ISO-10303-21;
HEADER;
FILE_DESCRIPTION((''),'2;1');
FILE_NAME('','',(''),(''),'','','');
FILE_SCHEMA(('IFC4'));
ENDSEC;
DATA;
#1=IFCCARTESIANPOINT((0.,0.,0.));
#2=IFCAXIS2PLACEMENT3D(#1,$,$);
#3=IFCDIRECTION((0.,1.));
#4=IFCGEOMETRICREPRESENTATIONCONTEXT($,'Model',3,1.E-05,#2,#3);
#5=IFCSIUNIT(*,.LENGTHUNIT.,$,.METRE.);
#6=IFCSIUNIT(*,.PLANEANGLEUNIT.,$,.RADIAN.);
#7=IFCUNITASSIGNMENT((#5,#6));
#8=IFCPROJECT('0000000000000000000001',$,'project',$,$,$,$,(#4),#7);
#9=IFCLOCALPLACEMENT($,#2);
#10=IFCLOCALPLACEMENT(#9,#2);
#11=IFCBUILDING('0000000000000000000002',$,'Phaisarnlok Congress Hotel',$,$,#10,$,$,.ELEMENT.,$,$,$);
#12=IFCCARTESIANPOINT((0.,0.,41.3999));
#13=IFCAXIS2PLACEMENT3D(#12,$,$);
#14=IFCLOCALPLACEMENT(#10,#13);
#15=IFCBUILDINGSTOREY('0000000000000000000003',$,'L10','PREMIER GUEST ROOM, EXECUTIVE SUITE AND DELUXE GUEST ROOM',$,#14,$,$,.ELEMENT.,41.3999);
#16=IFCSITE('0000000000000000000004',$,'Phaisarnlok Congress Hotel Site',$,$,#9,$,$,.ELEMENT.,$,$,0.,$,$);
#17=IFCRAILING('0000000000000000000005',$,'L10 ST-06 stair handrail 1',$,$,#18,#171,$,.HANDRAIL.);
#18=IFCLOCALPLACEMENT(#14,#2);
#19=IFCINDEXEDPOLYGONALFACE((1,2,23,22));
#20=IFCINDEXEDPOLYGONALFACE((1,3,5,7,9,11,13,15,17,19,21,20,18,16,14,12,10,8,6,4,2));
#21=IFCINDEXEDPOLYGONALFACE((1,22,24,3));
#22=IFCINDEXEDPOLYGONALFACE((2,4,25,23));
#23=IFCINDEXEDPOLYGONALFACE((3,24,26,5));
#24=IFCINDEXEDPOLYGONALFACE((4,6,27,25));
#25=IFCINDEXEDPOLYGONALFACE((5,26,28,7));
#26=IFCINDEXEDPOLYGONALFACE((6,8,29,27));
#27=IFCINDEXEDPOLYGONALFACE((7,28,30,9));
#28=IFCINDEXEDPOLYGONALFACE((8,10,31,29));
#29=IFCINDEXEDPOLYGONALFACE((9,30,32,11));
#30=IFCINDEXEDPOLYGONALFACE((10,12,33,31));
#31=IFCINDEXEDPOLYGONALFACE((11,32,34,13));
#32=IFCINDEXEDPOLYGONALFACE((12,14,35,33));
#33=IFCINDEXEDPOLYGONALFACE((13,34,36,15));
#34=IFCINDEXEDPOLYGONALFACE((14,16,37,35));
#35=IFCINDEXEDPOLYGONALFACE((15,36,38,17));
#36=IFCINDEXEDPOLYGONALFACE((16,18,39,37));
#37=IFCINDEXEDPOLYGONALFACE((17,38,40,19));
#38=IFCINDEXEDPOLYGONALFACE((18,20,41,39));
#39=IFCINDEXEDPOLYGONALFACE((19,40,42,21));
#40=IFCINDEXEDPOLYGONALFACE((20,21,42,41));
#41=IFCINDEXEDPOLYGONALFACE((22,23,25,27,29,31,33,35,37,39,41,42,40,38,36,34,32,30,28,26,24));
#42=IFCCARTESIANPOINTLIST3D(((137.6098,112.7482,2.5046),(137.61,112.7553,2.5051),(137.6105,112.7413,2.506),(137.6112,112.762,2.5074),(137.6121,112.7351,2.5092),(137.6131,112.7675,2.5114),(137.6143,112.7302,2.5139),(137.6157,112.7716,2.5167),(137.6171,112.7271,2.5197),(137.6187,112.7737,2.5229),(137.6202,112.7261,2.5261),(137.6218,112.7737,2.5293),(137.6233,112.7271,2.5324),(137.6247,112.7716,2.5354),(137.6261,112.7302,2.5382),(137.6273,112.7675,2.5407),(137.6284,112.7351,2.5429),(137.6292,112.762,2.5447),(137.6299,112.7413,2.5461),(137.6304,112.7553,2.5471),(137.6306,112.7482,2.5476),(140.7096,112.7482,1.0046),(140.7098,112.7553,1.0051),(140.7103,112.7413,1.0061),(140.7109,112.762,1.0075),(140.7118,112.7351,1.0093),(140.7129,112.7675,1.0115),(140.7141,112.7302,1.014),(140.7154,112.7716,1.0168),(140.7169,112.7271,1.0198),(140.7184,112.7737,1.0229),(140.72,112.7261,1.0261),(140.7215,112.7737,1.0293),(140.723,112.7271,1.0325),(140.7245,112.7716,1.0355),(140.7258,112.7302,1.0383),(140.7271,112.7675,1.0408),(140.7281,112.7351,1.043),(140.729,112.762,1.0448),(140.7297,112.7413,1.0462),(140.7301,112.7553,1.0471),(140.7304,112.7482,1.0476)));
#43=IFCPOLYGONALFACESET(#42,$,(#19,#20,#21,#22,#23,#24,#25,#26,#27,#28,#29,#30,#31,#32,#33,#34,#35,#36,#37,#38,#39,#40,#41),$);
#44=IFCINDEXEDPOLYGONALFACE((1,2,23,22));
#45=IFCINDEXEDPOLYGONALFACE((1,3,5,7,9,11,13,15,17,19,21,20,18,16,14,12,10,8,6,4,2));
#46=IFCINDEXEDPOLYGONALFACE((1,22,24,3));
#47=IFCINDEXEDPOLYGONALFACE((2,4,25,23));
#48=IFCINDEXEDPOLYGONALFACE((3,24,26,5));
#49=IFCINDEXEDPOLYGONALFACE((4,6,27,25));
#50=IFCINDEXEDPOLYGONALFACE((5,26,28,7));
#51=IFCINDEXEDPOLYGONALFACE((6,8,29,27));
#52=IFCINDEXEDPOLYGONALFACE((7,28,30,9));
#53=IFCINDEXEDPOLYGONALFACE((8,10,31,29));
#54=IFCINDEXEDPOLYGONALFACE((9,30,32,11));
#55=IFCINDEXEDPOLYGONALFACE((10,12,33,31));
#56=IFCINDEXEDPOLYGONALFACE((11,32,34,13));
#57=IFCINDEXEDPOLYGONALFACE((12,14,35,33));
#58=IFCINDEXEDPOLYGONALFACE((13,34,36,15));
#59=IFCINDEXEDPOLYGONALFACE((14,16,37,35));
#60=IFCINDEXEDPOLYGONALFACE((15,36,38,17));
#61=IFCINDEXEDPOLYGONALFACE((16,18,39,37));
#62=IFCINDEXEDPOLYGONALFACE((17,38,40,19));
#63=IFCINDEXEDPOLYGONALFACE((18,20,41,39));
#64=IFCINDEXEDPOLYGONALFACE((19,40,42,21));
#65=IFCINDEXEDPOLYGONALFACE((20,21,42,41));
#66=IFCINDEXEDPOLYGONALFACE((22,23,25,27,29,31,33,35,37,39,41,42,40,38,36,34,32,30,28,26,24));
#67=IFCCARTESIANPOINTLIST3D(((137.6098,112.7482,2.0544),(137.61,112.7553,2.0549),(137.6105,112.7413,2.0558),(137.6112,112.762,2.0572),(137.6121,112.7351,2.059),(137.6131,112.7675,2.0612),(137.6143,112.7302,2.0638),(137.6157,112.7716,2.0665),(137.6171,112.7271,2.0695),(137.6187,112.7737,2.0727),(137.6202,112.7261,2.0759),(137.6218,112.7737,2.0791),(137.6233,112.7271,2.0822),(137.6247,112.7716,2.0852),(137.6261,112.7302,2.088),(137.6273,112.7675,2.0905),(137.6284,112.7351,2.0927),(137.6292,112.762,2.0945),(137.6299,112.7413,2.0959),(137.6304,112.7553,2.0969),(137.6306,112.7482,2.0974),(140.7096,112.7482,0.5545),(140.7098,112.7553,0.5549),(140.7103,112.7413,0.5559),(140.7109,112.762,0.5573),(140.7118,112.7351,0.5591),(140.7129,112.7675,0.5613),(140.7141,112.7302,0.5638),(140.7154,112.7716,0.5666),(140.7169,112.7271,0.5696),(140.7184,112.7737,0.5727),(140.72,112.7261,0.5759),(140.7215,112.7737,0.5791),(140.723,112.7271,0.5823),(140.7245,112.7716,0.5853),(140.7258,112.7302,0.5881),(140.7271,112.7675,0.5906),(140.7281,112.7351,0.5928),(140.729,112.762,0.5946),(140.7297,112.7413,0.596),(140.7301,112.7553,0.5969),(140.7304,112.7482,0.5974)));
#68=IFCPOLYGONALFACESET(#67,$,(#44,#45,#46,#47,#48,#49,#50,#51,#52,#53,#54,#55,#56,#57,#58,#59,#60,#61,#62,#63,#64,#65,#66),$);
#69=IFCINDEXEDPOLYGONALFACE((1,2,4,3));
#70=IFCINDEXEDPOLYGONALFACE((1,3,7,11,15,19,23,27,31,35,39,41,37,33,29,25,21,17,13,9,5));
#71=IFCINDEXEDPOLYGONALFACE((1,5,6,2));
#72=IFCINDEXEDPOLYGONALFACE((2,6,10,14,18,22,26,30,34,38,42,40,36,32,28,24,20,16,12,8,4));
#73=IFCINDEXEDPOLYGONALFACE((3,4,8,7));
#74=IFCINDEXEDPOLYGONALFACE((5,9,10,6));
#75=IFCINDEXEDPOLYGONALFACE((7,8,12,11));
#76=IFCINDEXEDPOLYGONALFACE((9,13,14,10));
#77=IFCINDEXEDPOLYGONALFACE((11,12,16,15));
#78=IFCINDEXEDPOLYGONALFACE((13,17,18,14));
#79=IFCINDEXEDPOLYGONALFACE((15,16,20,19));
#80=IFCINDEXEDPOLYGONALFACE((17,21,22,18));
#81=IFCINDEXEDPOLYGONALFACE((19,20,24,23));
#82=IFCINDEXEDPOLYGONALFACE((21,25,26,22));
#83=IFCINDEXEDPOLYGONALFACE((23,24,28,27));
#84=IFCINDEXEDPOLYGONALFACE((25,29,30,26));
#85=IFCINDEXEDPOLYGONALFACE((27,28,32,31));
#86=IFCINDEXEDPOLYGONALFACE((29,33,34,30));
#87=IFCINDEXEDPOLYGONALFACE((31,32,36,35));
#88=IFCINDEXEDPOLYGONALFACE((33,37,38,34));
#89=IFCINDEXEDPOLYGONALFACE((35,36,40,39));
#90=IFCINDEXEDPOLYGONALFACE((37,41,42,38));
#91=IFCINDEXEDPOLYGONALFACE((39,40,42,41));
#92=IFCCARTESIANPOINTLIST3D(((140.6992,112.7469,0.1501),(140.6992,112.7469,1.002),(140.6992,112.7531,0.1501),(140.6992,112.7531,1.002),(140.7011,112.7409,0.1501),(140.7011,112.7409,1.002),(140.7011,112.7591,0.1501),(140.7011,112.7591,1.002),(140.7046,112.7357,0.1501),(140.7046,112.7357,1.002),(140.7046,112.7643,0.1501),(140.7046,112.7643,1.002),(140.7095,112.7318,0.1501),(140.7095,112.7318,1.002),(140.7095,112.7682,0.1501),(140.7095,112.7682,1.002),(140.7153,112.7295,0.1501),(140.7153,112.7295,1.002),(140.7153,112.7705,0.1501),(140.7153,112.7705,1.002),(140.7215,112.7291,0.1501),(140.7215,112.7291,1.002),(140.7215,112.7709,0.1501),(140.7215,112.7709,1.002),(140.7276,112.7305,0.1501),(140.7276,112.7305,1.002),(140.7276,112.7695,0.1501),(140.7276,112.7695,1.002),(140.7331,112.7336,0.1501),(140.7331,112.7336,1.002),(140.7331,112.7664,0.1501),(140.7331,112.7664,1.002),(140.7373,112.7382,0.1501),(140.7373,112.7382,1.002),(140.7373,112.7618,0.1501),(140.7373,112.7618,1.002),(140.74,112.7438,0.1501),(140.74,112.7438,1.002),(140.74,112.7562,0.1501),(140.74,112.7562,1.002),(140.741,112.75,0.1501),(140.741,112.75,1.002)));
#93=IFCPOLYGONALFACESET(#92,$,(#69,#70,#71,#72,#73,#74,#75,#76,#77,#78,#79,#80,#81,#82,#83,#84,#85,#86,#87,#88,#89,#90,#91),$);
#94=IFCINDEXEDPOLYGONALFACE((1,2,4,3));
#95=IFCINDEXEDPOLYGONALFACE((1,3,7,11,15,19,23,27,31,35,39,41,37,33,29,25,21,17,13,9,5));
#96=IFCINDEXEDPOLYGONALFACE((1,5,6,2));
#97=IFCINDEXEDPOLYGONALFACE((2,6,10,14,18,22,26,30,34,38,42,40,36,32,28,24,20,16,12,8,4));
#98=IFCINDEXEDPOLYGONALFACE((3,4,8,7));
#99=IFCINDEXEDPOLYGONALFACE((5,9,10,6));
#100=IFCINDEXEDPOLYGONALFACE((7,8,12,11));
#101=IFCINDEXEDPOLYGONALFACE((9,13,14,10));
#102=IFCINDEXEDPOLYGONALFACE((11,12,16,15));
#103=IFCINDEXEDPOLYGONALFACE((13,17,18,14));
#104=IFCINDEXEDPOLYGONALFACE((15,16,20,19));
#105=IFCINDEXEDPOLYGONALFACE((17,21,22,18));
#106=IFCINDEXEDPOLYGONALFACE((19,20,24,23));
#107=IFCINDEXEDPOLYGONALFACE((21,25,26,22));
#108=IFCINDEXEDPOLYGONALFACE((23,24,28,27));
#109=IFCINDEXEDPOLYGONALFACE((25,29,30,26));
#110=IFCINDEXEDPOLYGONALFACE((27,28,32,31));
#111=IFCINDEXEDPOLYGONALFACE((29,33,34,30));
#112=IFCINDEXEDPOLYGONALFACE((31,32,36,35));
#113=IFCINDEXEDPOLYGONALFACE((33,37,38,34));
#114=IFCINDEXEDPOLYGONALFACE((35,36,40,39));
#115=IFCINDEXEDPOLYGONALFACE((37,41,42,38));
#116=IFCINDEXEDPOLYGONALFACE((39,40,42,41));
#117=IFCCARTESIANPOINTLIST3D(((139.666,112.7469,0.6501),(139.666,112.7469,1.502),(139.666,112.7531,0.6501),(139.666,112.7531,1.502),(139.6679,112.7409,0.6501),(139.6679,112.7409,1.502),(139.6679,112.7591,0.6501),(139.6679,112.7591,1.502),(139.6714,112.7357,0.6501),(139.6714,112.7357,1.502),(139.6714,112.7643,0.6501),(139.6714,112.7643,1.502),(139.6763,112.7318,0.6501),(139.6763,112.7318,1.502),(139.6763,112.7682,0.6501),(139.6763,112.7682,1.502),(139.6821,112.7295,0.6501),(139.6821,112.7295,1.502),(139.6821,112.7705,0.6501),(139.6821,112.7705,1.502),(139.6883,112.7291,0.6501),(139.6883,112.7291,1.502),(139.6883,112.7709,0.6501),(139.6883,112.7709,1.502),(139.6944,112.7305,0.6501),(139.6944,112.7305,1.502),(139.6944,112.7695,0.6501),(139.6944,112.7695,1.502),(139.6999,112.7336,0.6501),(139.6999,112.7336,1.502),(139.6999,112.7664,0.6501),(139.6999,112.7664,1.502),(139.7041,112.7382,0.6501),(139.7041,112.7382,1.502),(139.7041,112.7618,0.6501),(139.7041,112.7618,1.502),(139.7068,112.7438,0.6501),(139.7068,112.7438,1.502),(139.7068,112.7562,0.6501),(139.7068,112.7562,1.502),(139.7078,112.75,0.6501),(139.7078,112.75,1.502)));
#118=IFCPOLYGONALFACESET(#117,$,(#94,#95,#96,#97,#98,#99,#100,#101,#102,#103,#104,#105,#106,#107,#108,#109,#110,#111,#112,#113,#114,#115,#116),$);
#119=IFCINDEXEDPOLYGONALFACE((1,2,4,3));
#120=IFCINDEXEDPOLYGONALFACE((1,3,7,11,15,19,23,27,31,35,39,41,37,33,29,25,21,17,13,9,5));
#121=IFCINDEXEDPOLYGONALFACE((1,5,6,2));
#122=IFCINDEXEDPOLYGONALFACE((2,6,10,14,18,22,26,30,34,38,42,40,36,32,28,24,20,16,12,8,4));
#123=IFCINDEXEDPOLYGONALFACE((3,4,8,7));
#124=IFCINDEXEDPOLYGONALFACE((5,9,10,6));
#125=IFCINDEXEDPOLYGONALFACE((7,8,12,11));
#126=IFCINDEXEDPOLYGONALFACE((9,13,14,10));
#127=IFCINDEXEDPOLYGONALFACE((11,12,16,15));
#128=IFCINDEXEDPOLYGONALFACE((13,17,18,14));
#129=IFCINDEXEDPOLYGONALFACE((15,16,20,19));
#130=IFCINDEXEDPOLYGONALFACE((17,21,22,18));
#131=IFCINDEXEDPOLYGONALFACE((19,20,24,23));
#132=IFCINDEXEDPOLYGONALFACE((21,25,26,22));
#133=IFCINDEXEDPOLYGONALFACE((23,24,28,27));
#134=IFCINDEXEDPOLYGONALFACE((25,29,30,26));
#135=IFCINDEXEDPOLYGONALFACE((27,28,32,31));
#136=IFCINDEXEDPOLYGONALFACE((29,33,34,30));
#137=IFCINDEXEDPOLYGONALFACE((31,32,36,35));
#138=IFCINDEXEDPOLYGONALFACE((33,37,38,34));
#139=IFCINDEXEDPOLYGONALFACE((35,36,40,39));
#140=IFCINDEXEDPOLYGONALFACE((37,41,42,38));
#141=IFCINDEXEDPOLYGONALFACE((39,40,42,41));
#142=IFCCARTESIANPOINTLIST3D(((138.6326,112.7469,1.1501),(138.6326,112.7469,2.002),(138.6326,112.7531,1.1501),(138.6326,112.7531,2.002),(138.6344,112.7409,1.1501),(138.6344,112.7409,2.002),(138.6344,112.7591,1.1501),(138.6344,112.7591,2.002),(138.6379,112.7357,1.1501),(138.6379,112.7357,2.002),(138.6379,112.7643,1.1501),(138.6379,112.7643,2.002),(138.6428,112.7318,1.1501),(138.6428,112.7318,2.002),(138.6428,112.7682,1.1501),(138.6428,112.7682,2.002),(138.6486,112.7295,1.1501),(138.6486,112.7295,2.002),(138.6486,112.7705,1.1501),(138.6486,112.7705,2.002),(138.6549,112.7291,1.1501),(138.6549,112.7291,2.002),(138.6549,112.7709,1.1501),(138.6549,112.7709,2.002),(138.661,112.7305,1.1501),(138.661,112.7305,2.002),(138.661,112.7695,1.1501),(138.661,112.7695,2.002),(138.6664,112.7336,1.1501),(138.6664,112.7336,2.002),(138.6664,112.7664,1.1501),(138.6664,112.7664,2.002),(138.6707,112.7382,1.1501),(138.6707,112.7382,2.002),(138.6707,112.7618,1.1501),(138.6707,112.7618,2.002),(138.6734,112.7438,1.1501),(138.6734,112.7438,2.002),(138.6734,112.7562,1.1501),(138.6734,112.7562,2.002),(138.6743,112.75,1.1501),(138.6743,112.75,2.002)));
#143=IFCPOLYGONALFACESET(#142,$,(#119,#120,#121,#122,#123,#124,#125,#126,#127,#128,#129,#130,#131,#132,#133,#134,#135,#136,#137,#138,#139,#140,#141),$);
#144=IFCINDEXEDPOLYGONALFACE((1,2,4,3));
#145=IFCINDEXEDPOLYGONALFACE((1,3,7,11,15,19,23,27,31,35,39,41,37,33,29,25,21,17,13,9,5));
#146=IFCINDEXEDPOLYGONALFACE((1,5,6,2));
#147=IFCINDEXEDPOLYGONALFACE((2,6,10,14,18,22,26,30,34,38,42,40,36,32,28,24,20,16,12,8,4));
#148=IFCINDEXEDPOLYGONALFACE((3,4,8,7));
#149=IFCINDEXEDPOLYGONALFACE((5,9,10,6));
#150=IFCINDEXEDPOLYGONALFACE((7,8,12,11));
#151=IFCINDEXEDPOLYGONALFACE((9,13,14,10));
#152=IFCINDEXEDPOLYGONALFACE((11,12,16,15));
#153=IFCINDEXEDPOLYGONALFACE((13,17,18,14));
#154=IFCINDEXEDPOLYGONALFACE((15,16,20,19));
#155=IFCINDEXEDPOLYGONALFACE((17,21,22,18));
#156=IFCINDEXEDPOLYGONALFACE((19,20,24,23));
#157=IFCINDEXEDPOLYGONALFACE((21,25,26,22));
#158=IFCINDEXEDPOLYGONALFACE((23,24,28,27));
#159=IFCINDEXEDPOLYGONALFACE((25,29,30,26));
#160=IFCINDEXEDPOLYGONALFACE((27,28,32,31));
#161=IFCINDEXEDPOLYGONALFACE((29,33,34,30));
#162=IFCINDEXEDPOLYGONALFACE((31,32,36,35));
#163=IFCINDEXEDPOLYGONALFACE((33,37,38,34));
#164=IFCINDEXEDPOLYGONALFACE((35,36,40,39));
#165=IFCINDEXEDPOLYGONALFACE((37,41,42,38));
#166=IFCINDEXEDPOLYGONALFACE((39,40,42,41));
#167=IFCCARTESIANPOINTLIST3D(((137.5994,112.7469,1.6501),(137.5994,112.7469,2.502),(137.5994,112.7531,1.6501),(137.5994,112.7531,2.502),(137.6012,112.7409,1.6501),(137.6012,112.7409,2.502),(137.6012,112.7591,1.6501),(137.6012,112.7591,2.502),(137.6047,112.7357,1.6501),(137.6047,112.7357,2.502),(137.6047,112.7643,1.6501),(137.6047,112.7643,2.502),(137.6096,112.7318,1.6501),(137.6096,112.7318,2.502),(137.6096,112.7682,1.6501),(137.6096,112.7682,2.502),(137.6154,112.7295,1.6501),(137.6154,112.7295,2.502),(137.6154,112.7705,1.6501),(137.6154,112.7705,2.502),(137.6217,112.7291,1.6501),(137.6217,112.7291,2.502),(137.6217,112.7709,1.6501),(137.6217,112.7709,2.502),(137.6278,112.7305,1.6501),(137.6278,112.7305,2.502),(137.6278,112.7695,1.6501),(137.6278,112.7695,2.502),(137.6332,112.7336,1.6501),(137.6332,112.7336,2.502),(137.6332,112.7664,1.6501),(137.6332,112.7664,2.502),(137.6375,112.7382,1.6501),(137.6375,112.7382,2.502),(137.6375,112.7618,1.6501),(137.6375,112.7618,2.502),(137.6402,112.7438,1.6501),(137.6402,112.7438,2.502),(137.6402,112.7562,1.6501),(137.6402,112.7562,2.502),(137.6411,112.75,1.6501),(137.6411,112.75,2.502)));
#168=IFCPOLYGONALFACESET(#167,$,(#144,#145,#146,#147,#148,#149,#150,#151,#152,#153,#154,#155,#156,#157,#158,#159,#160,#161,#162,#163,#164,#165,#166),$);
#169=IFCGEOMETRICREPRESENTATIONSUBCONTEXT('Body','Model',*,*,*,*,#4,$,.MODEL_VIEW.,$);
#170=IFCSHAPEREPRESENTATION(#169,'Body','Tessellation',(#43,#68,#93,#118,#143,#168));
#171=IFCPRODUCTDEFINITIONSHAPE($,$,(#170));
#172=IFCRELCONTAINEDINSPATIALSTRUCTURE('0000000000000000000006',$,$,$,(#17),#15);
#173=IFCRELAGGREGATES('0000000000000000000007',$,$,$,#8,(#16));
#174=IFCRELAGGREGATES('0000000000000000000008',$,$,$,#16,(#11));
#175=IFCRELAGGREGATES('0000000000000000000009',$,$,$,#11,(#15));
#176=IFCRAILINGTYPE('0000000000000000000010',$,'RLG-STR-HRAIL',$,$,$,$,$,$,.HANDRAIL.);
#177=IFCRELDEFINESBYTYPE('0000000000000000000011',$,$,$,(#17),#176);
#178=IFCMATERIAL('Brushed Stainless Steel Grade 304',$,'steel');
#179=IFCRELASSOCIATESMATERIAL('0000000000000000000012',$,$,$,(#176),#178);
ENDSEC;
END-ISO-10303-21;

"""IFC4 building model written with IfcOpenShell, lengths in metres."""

from ifc_helpers import new_model, si_unit, direction, frame, origin, origin_2d, place, context, subcontext, project, spatial, circle, extrude, material, type_object, element, save


model = new_model("IFC4")

# Units and contexts
model_context = context("Model", 3, precision=1e-05, world=origin(), true_north=direction((0.0, 1.0)))
body_context = subcontext(model_context, "Body", "Model", "MODEL_VIEW")
ifc_project = project(units=[si_unit("LENGTHUNIT", "METRE"), si_unit("PLANEANGLEUNIT", "RADIAN")], contexts=[model_context])

# Site, building, storey
site_placement = place(None, origin())
site = spatial("IfcSite", under=ifc_project, at=site_placement, Name="Phaisarnlok Congress Hotel Site", CompositionType="ELEMENT", RefElevation=0.0)
building_placement = place(site_placement, origin())
building = spatial("IfcBuilding", under=site, at=building_placement, Name="Phaisarnlok Congress Hotel", CompositionType="ELEMENT")
storey_placement = place(building_placement, frame((0.0, 0.0, 41.3999)))
storey = spatial("IfcBuildingStorey", under=building, at=storey_placement, Name="L10", Description="PREMIER GUEST ROOM, EXECUTIVE SUITE AND DELUXE GUEST ROOM", CompositionType="ELEMENT", Elevation=41.3999)

# Shared definitions
ifc_material_1 = material(Name="Brushed Stainless Steel Grade 304", Category="steel")

# Railing
railing_type_1 = type_object("IfcRailingType", Name="RLG-STR-HRAIL", PredefinedType="HANDRAIL", material=ifc_material_1)
railing_1_placement = place(storey_placement, frame((140.72, 112.75, 0.1501)))
element("IfcRailing", 1, at=railing_1_placement, inside=storey, type_object=railing_type_1, Name="L10 ST-06 stair handrail 1", PredefinedType="HANDRAIL", context=body_context, shape_type="SweptSolid", body=[
    extrude(circle(Radius=0.0239, at=origin_2d()), frame((0.0, 0.0, 0.876), z_axis=(-0.900151, 0.0, 0.435578), x_axis=(0.0, -1.0, 0.0)), (0.0, 0.0, 1.0), 3.4436),
    extrude(circle(Radius=0.0239, at=origin_2d()), frame((0.0, 0.0, 0.4258), z_axis=(-0.900151, 0.0, 0.435578), x_axis=(0.0, -1.0, 0.0)), (0.0, 0.0, 1.0), 3.4436),
    extrude(circle(Radius=0.021, at=origin_2d()), origin(), (0.0, 0.0, 1.0), 0.8518),
    extrude(circle(Radius=0.021, at=origin_2d()), frame((-1.0332, 0.0, 0.5)), (0.0, 0.0, 1.0), 0.8518),
    extrude(circle(Radius=0.021, at=origin_2d()), frame((-2.0667, 0.0, 1.0)), (0.0, 0.0, 1.0), 0.8518),
    extrude(circle(Radius=0.021, at=origin_2d()), frame((-3.0999, 0.0, 1.5)), (0.0, 0.0, 1.0), 0.8518),
])

save(model, "model.ifc")
